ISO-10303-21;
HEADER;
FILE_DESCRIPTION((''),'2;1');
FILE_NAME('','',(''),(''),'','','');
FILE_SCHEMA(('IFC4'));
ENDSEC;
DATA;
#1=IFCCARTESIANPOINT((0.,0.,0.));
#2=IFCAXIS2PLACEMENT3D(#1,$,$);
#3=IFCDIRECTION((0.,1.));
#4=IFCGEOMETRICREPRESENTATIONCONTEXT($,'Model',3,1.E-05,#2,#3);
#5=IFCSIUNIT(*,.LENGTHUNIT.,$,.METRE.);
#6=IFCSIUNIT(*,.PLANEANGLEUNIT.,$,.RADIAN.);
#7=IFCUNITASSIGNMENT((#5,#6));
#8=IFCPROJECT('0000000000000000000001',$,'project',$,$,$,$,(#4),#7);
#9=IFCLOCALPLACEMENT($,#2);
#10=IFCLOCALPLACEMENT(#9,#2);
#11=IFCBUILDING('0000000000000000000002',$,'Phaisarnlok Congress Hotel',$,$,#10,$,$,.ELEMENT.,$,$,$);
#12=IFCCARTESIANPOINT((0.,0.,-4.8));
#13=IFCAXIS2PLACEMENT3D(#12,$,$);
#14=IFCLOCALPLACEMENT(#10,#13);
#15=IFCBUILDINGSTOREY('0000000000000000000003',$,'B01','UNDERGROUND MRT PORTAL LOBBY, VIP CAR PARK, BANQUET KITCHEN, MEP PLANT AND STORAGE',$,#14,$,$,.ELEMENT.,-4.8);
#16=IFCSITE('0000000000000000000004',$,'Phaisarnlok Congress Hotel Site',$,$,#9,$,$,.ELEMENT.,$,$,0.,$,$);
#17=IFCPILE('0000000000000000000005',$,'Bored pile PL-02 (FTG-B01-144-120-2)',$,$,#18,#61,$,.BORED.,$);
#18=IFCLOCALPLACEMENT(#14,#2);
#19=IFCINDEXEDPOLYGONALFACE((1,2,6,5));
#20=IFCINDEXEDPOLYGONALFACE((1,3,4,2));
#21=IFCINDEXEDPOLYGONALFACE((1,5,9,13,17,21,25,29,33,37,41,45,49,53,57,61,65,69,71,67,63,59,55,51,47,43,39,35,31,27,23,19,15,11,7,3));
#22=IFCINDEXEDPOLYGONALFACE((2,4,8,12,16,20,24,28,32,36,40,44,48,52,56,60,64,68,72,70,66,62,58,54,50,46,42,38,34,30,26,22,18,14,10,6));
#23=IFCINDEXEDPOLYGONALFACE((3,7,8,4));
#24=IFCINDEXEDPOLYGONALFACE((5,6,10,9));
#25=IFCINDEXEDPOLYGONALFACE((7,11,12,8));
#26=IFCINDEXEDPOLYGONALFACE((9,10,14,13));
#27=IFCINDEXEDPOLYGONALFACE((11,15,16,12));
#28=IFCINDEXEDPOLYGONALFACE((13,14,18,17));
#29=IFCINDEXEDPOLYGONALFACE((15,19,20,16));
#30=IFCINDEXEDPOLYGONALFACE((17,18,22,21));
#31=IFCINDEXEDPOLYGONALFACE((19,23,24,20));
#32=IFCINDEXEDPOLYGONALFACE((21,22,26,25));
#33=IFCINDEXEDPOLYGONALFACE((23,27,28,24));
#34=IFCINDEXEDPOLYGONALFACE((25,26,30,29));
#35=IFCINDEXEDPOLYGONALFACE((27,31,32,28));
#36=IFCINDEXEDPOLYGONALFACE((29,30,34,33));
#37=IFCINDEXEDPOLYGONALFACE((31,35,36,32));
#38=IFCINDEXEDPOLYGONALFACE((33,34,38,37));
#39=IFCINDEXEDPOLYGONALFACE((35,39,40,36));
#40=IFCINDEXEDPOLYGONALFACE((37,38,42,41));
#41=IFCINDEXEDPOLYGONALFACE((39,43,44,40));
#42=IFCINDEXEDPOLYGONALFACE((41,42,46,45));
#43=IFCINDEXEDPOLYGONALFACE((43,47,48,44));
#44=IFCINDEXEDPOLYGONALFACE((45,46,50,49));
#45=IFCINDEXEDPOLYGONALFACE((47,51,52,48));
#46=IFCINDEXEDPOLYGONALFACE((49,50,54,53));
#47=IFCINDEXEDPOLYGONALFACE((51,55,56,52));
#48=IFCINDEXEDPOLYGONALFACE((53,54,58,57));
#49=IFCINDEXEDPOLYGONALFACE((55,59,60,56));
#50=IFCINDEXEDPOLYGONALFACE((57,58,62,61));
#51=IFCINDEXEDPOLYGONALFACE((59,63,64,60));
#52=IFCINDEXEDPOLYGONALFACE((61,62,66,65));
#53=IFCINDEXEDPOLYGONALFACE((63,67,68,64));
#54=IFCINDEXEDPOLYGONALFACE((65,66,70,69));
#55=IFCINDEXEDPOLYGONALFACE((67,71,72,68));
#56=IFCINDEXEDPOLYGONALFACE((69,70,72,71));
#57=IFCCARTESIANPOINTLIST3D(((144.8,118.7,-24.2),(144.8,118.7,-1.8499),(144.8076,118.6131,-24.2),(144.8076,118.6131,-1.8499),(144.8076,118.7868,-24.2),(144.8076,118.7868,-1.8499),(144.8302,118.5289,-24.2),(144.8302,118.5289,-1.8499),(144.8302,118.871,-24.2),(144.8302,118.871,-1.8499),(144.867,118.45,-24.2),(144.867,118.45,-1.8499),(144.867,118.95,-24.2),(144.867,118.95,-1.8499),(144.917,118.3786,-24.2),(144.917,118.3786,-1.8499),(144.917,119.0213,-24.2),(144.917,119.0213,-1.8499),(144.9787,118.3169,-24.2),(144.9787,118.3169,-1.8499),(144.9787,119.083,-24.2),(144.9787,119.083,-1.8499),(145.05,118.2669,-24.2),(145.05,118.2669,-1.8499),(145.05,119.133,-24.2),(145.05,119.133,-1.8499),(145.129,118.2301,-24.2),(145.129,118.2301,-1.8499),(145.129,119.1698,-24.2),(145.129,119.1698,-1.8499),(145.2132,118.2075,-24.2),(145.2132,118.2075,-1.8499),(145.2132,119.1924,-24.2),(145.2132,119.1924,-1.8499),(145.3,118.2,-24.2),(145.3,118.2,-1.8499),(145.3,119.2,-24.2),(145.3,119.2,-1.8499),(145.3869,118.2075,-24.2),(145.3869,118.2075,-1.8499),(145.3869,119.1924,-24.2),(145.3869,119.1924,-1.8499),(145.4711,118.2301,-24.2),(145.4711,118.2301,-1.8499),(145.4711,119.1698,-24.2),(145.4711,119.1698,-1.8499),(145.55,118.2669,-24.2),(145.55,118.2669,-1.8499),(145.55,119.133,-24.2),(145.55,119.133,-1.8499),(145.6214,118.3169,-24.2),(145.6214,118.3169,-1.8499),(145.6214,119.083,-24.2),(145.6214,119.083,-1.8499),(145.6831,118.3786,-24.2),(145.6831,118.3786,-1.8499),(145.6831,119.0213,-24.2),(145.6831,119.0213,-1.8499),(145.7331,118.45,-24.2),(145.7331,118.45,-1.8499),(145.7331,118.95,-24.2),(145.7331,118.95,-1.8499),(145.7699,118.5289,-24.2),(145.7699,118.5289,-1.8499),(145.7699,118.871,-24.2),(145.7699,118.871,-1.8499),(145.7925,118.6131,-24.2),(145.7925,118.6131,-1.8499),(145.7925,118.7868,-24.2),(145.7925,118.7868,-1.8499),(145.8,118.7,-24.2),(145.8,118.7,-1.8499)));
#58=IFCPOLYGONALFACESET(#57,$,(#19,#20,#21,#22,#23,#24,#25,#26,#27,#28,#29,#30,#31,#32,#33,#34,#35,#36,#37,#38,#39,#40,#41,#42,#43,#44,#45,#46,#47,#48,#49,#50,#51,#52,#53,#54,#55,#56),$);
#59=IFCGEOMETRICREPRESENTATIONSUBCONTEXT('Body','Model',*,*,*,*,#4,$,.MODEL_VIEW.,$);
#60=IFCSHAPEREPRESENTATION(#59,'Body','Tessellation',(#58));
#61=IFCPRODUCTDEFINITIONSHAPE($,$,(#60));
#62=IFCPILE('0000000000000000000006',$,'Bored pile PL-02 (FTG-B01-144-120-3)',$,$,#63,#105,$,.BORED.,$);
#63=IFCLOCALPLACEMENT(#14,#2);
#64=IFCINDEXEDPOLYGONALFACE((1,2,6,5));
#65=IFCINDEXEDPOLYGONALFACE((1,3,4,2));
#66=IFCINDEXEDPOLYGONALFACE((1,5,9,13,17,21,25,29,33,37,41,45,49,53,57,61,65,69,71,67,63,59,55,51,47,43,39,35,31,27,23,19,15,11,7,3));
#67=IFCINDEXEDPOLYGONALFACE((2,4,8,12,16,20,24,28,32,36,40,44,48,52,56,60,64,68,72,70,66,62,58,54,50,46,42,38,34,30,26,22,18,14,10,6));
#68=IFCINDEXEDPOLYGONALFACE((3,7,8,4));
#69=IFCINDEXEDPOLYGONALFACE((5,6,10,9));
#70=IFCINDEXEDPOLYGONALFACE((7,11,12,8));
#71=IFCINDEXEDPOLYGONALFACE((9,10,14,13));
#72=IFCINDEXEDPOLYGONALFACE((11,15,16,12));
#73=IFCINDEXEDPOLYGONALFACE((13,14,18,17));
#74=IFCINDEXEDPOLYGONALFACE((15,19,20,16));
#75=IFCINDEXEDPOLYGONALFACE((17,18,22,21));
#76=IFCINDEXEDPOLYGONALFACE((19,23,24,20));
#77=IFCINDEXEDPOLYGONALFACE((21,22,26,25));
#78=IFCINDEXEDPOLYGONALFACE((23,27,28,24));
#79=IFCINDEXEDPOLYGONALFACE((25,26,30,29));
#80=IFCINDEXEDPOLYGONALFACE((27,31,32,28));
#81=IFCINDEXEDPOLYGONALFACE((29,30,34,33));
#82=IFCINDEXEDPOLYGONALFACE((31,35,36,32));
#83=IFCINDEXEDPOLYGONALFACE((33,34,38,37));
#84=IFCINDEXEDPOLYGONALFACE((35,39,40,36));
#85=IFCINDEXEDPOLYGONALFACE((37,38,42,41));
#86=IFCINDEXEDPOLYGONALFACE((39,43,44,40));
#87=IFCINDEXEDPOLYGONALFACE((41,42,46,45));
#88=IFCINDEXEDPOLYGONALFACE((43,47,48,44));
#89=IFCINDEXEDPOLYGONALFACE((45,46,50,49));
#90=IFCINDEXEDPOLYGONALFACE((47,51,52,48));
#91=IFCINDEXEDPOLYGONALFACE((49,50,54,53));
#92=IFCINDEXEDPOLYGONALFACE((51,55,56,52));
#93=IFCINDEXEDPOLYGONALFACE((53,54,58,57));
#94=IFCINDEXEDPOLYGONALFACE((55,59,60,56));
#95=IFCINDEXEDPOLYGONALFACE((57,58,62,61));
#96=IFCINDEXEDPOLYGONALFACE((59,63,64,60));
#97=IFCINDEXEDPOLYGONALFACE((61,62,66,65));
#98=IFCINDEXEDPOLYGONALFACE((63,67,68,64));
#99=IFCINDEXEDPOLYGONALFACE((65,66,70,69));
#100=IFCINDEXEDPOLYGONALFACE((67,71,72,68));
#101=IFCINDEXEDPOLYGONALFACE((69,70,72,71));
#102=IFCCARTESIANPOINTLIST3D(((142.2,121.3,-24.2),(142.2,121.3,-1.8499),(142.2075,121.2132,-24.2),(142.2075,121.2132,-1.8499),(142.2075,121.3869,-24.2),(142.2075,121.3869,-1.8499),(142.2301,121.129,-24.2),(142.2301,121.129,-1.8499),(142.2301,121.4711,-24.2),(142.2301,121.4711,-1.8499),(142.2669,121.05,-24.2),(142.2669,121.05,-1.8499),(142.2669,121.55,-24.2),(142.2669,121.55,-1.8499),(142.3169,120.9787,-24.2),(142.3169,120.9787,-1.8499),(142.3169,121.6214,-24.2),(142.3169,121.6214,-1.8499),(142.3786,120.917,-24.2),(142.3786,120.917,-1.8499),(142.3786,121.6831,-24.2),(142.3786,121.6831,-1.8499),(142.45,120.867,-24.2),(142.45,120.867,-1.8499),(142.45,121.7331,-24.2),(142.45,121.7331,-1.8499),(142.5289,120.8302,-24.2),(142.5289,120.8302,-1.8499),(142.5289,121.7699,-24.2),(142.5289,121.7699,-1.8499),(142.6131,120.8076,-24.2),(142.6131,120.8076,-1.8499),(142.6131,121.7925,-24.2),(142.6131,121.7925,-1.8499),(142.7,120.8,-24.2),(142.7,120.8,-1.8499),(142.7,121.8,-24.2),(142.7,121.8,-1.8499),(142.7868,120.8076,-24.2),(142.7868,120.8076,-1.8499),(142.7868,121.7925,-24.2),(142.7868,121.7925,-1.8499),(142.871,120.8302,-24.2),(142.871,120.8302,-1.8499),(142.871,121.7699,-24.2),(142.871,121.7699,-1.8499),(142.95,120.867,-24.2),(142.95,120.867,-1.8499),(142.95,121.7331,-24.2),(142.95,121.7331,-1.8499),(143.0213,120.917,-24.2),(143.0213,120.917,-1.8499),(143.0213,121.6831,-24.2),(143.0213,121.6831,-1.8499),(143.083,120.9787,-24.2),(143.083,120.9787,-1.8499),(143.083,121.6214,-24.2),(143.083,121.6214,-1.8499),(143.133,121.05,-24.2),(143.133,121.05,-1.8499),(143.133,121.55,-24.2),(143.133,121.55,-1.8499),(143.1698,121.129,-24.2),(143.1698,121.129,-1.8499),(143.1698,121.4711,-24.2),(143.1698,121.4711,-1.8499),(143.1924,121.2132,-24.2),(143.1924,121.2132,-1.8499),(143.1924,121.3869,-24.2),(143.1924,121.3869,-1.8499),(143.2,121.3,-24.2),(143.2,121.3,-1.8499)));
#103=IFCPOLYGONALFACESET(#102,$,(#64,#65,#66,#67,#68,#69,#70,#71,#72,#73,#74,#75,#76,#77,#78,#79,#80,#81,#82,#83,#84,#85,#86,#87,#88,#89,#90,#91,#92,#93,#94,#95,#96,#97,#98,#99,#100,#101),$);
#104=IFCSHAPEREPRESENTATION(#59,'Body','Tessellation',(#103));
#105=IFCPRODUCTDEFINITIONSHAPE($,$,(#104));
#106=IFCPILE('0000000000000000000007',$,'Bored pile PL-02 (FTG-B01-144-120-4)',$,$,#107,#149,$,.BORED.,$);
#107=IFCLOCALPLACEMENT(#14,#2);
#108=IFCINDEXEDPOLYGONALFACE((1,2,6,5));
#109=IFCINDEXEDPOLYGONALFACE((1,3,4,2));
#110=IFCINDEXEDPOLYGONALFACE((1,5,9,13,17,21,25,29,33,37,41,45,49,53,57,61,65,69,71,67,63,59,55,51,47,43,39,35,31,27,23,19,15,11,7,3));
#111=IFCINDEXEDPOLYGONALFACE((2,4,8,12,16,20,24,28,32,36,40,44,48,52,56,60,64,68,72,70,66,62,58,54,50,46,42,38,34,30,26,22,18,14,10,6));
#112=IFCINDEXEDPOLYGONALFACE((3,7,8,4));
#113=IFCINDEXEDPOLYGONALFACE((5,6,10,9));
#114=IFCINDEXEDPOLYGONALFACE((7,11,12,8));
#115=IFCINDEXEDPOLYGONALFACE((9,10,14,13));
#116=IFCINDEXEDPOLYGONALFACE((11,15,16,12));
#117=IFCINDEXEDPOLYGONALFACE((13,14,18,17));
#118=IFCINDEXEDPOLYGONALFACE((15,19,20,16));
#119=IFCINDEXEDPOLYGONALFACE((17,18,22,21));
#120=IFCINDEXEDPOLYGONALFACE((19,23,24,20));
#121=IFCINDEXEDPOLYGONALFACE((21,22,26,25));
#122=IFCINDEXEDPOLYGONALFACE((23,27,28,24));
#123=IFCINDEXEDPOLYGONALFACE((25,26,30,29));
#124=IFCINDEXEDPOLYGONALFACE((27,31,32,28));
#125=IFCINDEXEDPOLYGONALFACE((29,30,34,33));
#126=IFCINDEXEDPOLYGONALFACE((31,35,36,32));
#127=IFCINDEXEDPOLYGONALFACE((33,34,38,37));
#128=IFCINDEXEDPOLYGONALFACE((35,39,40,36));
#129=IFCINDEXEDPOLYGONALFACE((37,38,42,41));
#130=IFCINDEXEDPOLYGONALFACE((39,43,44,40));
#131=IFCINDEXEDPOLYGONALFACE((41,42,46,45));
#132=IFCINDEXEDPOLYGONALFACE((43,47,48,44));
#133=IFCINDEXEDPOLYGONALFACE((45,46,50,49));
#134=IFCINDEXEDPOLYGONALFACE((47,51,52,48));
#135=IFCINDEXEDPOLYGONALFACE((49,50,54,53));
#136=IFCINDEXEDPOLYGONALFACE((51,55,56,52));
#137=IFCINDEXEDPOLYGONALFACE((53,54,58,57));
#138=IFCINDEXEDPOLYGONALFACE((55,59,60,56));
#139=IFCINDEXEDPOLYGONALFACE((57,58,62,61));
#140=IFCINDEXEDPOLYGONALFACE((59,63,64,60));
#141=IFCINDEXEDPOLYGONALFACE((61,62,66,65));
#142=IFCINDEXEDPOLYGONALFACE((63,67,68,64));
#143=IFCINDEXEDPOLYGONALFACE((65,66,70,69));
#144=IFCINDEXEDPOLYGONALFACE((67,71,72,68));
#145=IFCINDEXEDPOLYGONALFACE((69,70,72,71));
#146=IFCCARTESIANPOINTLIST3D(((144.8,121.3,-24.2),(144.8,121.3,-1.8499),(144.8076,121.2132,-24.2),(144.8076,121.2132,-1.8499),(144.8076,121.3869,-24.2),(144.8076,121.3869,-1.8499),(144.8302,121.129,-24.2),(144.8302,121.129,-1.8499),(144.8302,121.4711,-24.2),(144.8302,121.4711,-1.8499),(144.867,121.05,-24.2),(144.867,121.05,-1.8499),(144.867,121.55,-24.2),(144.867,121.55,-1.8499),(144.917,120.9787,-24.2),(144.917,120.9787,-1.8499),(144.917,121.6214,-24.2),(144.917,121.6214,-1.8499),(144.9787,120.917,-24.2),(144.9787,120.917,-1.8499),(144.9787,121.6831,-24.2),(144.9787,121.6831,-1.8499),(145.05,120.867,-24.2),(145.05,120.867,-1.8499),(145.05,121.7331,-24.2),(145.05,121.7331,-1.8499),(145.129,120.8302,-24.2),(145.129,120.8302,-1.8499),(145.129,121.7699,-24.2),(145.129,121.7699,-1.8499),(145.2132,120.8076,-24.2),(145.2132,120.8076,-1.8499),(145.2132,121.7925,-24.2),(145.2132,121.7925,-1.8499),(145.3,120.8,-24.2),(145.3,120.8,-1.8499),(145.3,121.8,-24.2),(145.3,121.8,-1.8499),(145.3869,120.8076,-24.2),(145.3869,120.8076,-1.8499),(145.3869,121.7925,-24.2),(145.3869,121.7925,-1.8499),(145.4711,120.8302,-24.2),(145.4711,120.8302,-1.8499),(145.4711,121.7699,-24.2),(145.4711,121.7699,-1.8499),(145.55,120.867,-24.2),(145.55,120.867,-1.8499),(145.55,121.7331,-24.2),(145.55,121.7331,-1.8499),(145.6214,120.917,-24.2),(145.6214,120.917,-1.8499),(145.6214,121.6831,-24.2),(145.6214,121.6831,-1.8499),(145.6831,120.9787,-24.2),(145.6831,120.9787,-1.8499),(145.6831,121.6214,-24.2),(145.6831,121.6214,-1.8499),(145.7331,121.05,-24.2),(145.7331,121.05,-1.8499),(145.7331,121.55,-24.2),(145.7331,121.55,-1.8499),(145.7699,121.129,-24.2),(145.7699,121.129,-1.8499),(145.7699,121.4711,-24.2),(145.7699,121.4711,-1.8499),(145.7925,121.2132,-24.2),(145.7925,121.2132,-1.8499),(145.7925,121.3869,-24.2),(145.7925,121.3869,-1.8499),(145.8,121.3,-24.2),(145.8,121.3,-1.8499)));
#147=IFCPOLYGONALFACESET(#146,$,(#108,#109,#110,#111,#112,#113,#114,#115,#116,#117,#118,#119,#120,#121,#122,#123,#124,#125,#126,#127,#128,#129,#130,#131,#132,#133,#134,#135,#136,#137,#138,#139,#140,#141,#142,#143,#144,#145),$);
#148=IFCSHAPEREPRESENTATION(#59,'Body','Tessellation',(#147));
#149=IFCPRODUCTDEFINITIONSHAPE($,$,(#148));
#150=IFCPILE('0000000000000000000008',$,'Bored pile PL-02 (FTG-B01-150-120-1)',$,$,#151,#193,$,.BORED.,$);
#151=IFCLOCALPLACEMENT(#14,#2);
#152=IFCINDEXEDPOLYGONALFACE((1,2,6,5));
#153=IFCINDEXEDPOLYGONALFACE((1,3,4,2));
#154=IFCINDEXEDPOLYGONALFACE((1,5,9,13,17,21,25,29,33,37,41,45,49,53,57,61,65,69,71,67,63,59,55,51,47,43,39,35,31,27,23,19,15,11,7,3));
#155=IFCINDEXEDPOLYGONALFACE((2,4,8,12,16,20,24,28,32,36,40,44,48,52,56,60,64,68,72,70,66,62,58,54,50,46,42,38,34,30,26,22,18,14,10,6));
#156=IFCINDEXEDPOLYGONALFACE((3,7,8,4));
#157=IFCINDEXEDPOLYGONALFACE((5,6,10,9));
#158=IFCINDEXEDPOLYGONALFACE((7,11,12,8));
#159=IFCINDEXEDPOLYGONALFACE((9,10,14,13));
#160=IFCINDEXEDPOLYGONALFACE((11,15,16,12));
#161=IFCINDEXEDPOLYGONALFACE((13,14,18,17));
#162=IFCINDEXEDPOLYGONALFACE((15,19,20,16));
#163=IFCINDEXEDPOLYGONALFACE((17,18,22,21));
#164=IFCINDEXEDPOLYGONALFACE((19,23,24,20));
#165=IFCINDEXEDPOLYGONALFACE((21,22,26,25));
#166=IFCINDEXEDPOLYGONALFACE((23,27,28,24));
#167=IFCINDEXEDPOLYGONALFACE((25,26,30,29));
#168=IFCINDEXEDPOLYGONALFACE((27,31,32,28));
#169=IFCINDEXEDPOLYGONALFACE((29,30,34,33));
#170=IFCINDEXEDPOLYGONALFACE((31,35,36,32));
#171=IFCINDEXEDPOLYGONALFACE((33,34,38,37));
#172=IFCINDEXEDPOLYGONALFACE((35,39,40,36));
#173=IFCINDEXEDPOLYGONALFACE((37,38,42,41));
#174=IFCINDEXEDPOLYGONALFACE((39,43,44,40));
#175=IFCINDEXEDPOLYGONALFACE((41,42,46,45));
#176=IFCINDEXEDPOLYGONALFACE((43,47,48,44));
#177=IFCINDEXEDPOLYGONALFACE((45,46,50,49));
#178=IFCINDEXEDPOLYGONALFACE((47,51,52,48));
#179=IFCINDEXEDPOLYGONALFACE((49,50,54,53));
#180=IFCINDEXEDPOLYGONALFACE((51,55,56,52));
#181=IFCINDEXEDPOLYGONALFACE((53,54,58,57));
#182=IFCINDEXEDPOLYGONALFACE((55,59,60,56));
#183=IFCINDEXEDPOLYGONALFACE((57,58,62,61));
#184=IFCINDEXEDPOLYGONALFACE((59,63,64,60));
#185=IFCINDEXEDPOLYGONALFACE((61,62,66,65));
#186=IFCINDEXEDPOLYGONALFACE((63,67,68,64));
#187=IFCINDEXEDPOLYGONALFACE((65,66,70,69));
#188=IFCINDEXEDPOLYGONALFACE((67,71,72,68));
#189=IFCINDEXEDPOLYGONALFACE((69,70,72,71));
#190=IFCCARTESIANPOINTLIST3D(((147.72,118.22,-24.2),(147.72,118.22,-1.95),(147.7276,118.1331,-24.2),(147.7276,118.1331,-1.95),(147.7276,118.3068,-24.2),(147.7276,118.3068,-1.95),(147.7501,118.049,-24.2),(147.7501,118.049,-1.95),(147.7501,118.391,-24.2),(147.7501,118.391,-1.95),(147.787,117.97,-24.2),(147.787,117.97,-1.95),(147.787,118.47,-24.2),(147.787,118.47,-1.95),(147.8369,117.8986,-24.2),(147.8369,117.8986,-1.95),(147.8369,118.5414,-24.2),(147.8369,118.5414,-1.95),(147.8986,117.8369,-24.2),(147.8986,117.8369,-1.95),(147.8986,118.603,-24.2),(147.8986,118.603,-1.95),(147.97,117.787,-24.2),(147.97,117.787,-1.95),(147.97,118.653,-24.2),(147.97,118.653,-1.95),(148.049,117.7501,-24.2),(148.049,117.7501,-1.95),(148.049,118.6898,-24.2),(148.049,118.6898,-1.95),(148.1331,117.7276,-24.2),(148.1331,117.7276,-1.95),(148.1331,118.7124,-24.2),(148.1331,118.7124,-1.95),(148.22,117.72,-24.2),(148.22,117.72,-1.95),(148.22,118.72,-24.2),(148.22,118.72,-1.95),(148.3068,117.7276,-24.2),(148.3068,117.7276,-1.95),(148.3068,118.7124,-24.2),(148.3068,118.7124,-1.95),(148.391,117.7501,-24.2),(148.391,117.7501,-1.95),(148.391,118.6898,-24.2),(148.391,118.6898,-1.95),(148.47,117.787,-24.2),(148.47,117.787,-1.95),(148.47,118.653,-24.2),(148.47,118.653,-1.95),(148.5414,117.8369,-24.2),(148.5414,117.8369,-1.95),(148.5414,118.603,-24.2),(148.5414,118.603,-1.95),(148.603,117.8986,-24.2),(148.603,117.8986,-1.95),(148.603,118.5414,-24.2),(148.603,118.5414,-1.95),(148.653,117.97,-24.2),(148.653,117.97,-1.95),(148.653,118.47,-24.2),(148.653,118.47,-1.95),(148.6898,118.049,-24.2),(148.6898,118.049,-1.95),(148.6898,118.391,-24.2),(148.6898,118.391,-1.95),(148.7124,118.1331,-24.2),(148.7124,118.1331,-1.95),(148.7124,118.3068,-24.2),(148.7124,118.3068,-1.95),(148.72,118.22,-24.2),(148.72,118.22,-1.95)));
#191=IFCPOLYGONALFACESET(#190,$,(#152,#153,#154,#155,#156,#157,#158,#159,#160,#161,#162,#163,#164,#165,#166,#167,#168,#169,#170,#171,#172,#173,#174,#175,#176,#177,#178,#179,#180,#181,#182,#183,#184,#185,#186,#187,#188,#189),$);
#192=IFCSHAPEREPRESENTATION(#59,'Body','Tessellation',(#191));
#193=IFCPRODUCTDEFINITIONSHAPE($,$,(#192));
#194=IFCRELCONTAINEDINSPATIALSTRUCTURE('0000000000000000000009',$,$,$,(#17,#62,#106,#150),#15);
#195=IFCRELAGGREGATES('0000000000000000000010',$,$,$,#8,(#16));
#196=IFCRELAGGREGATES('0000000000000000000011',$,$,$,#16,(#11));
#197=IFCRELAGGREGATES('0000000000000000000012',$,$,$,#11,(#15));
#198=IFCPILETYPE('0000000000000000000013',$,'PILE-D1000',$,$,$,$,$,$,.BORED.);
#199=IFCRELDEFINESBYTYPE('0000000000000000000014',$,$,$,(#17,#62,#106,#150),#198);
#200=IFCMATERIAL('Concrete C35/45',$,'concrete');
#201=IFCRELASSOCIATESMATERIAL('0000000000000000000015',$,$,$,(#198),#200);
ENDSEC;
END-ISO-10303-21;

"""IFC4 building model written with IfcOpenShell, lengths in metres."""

from ifc_helpers import new_model, si_unit, direction, frame, origin, origin_2d, place, context, subcontext, project, spatial, circle, extrude, material, material_profile, profile_set, type_object, element, save


model = new_model("IFC4")

# Units and contexts
model_context = context("Model", 3, precision=1e-05, world=origin(), true_north=direction((0.0, 1.0)))
body_context = subcontext(model_context, "Body", "Model", "MODEL_VIEW")
ifc_project = project(units=[si_unit("LENGTHUNIT", "METRE"), si_unit("PLANEANGLEUNIT", "RADIAN")], contexts=[model_context])

# Site, building, storey
site_placement = place(None, origin())
site = spatial("IfcSite", under=ifc_project, at=site_placement, Name="Phaisarnlok Congress Hotel Site", CompositionType="ELEMENT", RefElevation=0.0)
building_placement = place(site_placement, origin())
building = spatial("IfcBuilding", under=site, at=building_placement, Name="Phaisarnlok Congress Hotel", CompositionType="ELEMENT")
storey_placement = place(building_placement, frame((0.0, 0.0, -4.8)))
storey = spatial("IfcBuildingStorey", under=building, at=storey_placement, Name="B01", Description="UNDERGROUND MRT PORTAL LOBBY, VIP CAR PARK, BANQUET KITCHEN, MEP PLANT AND STORAGE", CompositionType="ELEMENT", Elevation=-4.8)

# Piles
ifc_material_1 = material(Name="Concrete C35/45", Category="concrete")
ifc_material_profile_1 = material_profile(ifc_material_1, circle(Radius=0.5, at=origin_2d()), Name="BORED PILE D1000")
ifc_profile_set_1 = profile_set([ifc_material_profile_1], Name="Concrete C35/45")
pile_type = type_object("IfcPileType", Name="PILE-D1000", PredefinedType="BORED", material=ifc_profile_set_1)
for number, where, z_axis, x_axis, name in (
    (1, (145.3, 118.7, -1.8499), (0.0, 0.0, -1.0), (1.0, 0.0, 0.0), "Bored pile PL-02 (FTG-B01-144-120-2)"),
    (2, (142.7, 121.3, -1.8499), (0.0, 0.0, -1.0), (1.0, 0.0, 0.0), "Bored pile PL-02 (FTG-B01-144-120-3)"),
    (3, (145.3, 121.3, -1.8499), (0.0, 0.0, -1.0), (1.0, 0.0, 0.0), "Bored pile PL-02 (FTG-B01-144-120-4)"),
):
    element("IfcPile", number, at=place(storey_placement, frame(where, z_axis=z_axis, x_axis=x_axis)), inside=storey, type_object=pile_type, Name=name, PredefinedType="BORED", context=body_context, shape_type="SweptSolid", body=[
        extrude(circle(Radius=0.5, at=origin_2d()), origin(), (0.0, 0.0, 1.0), 22.3501),
    ])
for number, where, z_axis, x_axis, name in (
    (4, (148.22, 118.22, -1.95), (0.0, 0.0, -1.0), (1.0, 0.0, 0.0), "Bored pile PL-02 (FTG-B01-150-120-1)"),
):
    element("IfcPile", number, at=place(storey_placement, frame(where, z_axis=z_axis, x_axis=x_axis)), inside=storey, type_object=pile_type, Name=name, PredefinedType="BORED", context=body_context, shape_type="SweptSolid", body=[
        extrude(circle(Radius=0.5, at=origin_2d()), origin(), (0.0, 0.0, 1.0), 22.25),
    ])

save(model, "model.ifc")
